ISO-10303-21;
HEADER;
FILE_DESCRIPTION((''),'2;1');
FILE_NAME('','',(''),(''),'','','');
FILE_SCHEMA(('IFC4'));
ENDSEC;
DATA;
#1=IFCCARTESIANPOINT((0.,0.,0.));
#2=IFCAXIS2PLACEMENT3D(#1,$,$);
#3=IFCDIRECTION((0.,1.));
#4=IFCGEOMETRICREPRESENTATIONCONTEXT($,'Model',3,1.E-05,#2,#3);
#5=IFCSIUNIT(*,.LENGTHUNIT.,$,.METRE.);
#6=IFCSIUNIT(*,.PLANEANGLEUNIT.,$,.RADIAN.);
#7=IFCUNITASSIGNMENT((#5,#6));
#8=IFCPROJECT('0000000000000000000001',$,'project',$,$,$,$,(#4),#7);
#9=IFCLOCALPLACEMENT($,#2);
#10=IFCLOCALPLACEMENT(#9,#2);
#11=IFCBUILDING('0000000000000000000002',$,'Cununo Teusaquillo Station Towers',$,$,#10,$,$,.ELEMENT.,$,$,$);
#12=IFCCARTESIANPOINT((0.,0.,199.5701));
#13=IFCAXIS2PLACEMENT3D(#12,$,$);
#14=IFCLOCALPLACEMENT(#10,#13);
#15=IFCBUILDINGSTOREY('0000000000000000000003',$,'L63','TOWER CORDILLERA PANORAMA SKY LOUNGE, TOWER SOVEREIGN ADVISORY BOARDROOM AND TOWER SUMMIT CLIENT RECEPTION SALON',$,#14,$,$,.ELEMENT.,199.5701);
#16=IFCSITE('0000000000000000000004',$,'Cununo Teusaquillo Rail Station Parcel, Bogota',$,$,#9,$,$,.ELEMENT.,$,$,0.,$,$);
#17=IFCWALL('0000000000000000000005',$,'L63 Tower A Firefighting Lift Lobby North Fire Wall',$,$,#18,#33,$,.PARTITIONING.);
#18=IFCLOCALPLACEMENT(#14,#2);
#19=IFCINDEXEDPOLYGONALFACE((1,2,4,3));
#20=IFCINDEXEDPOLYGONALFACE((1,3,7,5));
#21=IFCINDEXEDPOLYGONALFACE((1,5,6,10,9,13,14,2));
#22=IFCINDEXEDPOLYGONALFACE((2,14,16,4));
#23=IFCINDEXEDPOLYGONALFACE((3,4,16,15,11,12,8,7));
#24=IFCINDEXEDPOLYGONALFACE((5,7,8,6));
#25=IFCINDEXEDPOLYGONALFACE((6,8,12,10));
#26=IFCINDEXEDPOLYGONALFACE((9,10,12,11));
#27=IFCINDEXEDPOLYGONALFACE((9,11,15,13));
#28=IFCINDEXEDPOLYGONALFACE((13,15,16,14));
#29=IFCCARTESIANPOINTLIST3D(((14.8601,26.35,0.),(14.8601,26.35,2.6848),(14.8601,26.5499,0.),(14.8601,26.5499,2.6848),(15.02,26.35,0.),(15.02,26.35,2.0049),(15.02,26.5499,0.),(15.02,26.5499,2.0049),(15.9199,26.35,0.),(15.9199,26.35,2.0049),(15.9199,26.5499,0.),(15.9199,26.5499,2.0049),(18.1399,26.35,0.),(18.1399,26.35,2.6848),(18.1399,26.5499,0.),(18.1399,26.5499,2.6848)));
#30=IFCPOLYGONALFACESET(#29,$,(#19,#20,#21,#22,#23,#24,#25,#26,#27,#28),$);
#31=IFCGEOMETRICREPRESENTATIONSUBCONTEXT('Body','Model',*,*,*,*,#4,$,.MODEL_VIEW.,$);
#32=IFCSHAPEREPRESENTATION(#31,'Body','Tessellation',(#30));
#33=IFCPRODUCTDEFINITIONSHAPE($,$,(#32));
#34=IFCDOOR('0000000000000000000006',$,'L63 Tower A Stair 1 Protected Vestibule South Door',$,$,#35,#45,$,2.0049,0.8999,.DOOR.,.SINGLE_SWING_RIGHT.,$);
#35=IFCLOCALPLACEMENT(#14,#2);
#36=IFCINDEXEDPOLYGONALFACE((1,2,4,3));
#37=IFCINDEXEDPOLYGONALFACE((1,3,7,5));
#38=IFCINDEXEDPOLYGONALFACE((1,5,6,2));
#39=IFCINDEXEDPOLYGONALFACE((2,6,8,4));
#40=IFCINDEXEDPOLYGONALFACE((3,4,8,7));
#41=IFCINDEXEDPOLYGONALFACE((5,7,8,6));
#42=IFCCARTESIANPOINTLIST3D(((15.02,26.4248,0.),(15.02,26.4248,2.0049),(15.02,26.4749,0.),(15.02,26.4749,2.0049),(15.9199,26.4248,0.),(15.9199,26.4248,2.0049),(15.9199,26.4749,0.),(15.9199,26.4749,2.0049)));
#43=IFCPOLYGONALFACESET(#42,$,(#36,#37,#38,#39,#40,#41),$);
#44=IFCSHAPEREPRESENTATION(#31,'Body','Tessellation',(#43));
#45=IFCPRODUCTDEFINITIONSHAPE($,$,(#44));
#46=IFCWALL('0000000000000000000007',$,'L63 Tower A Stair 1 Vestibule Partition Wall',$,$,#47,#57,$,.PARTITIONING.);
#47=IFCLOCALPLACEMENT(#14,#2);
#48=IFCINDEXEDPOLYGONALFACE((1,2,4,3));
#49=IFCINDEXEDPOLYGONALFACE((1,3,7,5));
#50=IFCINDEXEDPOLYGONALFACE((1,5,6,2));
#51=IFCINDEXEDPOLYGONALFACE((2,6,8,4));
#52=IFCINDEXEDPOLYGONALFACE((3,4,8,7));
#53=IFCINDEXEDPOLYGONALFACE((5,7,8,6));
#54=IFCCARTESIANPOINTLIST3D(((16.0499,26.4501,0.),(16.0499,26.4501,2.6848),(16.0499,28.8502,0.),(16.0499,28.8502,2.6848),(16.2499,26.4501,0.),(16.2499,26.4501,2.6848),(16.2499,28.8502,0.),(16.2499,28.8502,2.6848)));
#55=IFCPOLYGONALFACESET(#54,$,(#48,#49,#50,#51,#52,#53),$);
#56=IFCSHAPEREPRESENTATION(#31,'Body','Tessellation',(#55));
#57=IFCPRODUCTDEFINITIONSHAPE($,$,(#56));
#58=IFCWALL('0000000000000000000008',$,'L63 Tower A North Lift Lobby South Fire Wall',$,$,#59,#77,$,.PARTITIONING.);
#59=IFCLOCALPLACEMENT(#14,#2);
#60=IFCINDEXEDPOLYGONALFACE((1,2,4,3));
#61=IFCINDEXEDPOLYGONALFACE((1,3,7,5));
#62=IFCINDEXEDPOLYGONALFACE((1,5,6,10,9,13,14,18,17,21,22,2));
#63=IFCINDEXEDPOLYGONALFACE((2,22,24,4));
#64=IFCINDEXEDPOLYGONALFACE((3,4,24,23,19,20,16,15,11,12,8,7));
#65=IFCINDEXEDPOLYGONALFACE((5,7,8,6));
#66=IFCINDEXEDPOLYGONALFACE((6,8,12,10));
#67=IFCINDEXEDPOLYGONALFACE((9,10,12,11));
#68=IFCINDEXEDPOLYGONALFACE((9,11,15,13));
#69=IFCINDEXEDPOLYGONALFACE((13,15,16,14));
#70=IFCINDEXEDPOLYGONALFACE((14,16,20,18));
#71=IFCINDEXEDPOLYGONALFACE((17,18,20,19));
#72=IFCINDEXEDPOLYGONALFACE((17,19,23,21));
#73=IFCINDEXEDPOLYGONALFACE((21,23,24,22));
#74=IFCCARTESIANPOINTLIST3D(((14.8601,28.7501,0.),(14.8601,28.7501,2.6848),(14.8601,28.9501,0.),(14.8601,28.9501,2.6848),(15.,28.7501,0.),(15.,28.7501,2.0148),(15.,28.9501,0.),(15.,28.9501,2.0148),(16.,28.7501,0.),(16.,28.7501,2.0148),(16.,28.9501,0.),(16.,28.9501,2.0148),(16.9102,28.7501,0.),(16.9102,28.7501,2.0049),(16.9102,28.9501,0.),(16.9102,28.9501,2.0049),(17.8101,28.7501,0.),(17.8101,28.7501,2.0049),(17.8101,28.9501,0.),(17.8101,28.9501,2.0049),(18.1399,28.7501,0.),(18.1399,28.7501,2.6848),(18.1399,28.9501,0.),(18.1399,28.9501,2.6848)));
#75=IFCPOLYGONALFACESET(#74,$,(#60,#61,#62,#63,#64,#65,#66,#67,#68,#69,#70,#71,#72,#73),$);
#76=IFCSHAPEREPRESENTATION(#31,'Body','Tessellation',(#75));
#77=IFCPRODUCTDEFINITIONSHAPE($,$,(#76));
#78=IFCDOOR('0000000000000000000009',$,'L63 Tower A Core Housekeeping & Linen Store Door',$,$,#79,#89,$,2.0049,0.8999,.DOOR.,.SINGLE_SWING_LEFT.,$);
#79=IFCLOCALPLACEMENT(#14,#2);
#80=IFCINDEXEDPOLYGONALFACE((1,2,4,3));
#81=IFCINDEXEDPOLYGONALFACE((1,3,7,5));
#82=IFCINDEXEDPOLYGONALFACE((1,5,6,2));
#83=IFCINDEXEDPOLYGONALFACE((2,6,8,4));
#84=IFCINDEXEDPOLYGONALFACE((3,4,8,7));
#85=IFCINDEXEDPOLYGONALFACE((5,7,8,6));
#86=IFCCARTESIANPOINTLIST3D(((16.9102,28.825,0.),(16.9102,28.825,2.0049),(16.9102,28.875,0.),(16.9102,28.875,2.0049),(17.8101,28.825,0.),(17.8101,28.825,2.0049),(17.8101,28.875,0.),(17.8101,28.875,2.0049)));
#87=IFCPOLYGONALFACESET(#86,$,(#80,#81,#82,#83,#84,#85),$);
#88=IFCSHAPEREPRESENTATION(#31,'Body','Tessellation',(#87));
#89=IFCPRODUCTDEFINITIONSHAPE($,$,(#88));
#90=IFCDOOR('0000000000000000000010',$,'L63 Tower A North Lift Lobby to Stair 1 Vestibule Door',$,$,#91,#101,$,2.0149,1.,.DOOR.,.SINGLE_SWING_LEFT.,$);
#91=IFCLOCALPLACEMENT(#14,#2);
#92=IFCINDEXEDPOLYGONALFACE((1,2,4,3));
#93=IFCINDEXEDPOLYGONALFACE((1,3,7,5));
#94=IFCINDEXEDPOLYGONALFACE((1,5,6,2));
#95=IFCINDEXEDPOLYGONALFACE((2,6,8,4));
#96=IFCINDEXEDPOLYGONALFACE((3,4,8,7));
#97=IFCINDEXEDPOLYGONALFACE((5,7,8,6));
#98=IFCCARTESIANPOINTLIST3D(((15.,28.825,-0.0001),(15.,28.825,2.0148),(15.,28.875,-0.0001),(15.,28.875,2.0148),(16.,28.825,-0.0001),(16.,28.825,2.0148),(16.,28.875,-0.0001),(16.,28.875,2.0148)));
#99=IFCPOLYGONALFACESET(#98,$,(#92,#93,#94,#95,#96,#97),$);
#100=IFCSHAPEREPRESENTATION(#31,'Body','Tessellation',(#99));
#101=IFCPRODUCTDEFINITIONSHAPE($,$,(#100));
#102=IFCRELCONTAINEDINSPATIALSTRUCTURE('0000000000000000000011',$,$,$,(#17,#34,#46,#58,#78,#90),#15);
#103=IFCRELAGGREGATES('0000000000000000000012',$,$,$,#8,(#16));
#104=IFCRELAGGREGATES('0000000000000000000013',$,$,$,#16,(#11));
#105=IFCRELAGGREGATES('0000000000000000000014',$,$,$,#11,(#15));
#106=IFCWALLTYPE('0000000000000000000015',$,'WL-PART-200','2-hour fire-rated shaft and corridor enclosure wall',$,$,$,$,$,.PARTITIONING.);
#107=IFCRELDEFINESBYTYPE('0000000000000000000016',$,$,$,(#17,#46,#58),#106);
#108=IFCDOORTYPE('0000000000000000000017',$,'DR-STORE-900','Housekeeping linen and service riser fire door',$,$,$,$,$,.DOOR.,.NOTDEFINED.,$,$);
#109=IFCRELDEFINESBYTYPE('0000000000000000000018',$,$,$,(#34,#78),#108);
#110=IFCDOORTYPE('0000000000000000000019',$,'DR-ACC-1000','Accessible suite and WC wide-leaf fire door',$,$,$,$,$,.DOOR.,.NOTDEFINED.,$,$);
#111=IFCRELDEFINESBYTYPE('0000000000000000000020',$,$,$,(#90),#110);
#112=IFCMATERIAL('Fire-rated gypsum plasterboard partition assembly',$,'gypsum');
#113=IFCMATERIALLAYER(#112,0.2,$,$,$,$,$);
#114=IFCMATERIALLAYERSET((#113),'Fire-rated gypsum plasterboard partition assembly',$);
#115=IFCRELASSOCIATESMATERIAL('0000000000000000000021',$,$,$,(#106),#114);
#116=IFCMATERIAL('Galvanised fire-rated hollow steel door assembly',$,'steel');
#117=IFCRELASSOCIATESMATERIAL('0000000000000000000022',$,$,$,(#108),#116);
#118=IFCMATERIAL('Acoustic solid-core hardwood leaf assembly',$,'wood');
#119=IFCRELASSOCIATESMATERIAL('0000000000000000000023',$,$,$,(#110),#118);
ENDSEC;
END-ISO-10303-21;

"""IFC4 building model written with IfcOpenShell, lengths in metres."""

from ifc_helpers import new_model, si_unit, direction, frame, frame_2d, origin, place, context, subcontext, project, spatial, rectangle, extrude, source, transform, mapped, material, layer, layer_set, type_object, element, fill, save


model = new_model("IFC4")

# Units and contexts
model_context = context("Model", 3, precision=1e-05, world=origin(), true_north=direction((0.0, 1.0)))
body_context = subcontext(model_context, "Body", "Model", "MODEL_VIEW")
ifc_project = project(units=[si_unit("LENGTHUNIT", "METRE"), si_unit("PLANEANGLEUNIT", "RADIAN")], contexts=[model_context])

# Site, building, storey
site_placement = place(None, origin())
site = spatial("IfcSite", under=ifc_project, at=site_placement, Name="Cununo Teusaquillo Rail Station Parcel, Bogota", CompositionType="ELEMENT", RefElevation=0.0)
building_placement = place(site_placement, origin())
building = spatial("IfcBuilding", under=site, at=building_placement, Name="Cununo Teusaquillo Station Towers", CompositionType="ELEMENT")
storey_placement = place(building_placement, frame((0.0, 0.0, 199.5701)))
storey = spatial("IfcBuildingStorey", under=building, at=storey_placement, Name="L63", Description="TOWER CORDILLERA PANORAMA SKY LOUNGE, TOWER SOVEREIGN ADVISORY BOARDROOM AND TOWER SUMMIT CLIENT RECEPTION SALON", CompositionType="ELEMENT", Elevation=199.5701)

# Wall, opening, door
shared_shape_1 = source(origin(), body_context, "Body", "SweptSolid", [
    extrude(rectangle(XDim=0.8999, YDim=2.0049, at=frame_2d((0.45, 1.0024))), frame((0.0, 0.0249, 0.0), z_axis=(0.0, -1.0, 0.0), x_axis=(1.0, 0.0, 0.0)), (0.0, 0.0, 1.0), 0.05),
])
ifc_material_1 = material(Name="Fire-rated gypsum plasterboard partition assembly", Category="gypsum")
ifc_layer_1 = layer(ifc_material_1, 0.2)
ifc_layer_set_1 = layer_set([ifc_layer_1], Name="Fire-rated gypsum plasterboard partition assembly")
wall_type_1 = type_object("IfcWallType", Name="WL-PART-200", Description="2-hour fire-rated shaft and corridor enclosure wall", PredefinedType="PARTITIONING", material=ifc_layer_set_1)
wall_1_placement = place(storey_placement, frame((14.8601, 26.45, 0.0), z_axis=(0.0, 0.0, 1.0), x_axis=(1.0, 0.0, 0.0)))
wall_1 = element("IfcWall", 1, at=wall_1_placement, inside=storey, type_object=wall_type_1, Name="L63 Tower A Firefighting Lift Lobby North Fire Wall", PredefinedType="PARTITIONING", context=body_context, shape_type="SweptSolid", body=[
    extrude(rectangle(XDim=3.2798, YDim=0.2, at=frame_2d((1.6399, 0.0))), origin(), (0.0, 0.0, 1.0), 2.6848),
])
shared_shape_2 = source(origin(), body_context, "Body", "SweptSolid", [
    extrude(rectangle(XDim=0.8999, YDim=2.0049, at=frame_2d((0.45, 1.0024))), frame((0.0, 0.1099, 0.0), z_axis=(0.0, -1.0, 0.0), x_axis=(1.0, 0.0, 0.0)), (0.0, 0.0, 1.0), 0.22),
])
opening_1_placement = place(wall_1_placement, frame((0.1599, 0.0, 0.0)))
opening_1 = element("IfcOpeningElement", 2, at=opening_1_placement, cuts=wall_1, PredefinedType="OPENING", context=body_context, shape_type="MappedRepresentation", body=[
    mapped(shared_shape_2, transform((0.0, 0.0, 0.0), x_axis=(1.0, 0.0, 0.0), y_axis=(0.0, 1.0, 0.0), z_axis=(0.0, 0.0, 1.0), scale=1.0)),
])
ifc_material_2 = material(Name="Galvanised fire-rated hollow steel door assembly", Category="steel")
door_type_1 = type_object("IfcDoorType", Name="DR-STORE-900", Description="Housekeeping linen and service riser fire door", OperationType="NOTDEFINED", PredefinedType="DOOR", material=ifc_material_2)
door_1_placement = place(opening_1_placement, origin())
door_1 = element("IfcDoor", 3, at=door_1_placement, inside=storey, type_object=door_type_1, Name="L63 Tower A Stair 1 Protected Vestibule South Door", OperationType="SINGLE_SWING_RIGHT", OverallHeight=2.0049, OverallWidth=0.8999, PredefinedType="DOOR", context=body_context, shape_type="MappedRepresentation", body=[
    mapped(shared_shape_1, transform((0.0, 0.0, 0.0), x_axis=(1.0, 0.0, 0.0), y_axis=(0.0, 1.0, 0.0), z_axis=(0.0, 0.0, 1.0), scale=1.0)),
])
fill(opening_1, door_1)

# Wall
wall_2_placement = place(storey_placement, frame((16.1499, 26.45, 0.0), z_axis=(0.0, 0.0, 1.0), x_axis=(0.0, 1.0, 0.0)))
element("IfcWall", 4, at=wall_2_placement, inside=storey, type_object=wall_type_1, Name="L63 Tower A Stair 1 Vestibule Partition Wall", PredefinedType="PARTITIONING", context=body_context, shape_type="SweptSolid", body=[
    extrude(rectangle(XDim=2.4001, YDim=0.2, at=frame_2d((1.2002, 0.0))), origin(), (0.0, 0.0, 1.0), 2.6848),
])

# Wall, openings, doors
wall_3_placement = place(storey_placement, frame((14.8601, 28.8501, 0.0), z_axis=(0.0, 0.0, 1.0), x_axis=(1.0, 0.0, 0.0)))
wall_3 = element("IfcWall", 5, at=wall_3_placement, inside=storey, type_object=wall_type_1, Name="L63 Tower A North Lift Lobby South Fire Wall", PredefinedType="PARTITIONING", context=body_context, shape_type="SweptSolid", body=[
    extrude(rectangle(XDim=3.2798, YDim=0.2, at=frame_2d((1.6399, 0.0))), origin(), (0.0, 0.0, 1.0), 2.6848),
])
shared_shape_3 = source(origin(), body_context, "Body", "SweptSolid", [
    extrude(rectangle(XDim=1.0, YDim=2.0149, at=frame_2d((0.5, 1.0073))), frame((0.0, 0.1099, 0.0), z_axis=(0.0, -1.0, 0.0), x_axis=(1.0, 0.0, 0.0)), (0.0, 0.0, 1.0), 0.22),
])
opening_2_placement = place(wall_3_placement, frame((0.1399, 0.0, 0.0)))
opening_2 = element("IfcOpeningElement", 6, at=opening_2_placement, cuts=wall_3, PredefinedType="OPENING", context=body_context, shape_type="MappedRepresentation", body=[
    mapped(shared_shape_3, transform((0.0, 0.0, 0.0), x_axis=(1.0, 0.0, 0.0), y_axis=(0.0, 1.0, 0.0), z_axis=(0.0, 0.0, 1.0), scale=1.0)),
])
opening_3_placement = place(wall_3_placement, frame((2.05, 0.0, 0.0)))
opening_3 = element("IfcOpeningElement", 7, at=opening_3_placement, cuts=wall_3, PredefinedType="OPENING", context=body_context, shape_type="MappedRepresentation", body=[
    mapped(shared_shape_2, transform((0.0, 0.0, 0.0), x_axis=(1.0, 0.0, 0.0), y_axis=(0.0, 1.0, 0.0), z_axis=(0.0, 0.0, 1.0), scale=1.0)),
])
door_2_placement = place(opening_3_placement, origin())
door_2 = element("IfcDoor", 8, at=door_2_placement, inside=storey, type_object=door_type_1, Name="L63 Tower A Core Housekeeping & Linen Store Door", OperationType="SINGLE_SWING_LEFT", OverallHeight=2.0049, OverallWidth=0.8999, PredefinedType="DOOR", context=body_context, shape_type="MappedRepresentation", body=[
    mapped(shared_shape_1, transform((0.0, 0.0, 0.0), x_axis=(1.0, 0.0, 0.0), y_axis=(0.0, 1.0, 0.0), z_axis=(0.0, 0.0, 1.0), scale=1.0)),
])
fill(opening_3, door_2)
ifc_material_3 = material(Name="Acoustic solid-core hardwood leaf assembly", Category="wood")
door_type_2 = type_object("IfcDoorType", Name="DR-ACC-1000", Description="Accessible suite and WC wide-leaf fire door", OperationType="NOTDEFINED", PredefinedType="DOOR", material=ifc_material_3)
shared_shape_4 = source(origin(), body_context, "Body", "SweptSolid", [
    extrude(rectangle(XDim=1.0, YDim=2.0149, at=frame_2d((0.5, 1.0073))), frame((0.0, 0.0249, 0.0), z_axis=(0.0, -1.0, 0.0), x_axis=(1.0, 0.0, 0.0)), (0.0, 0.0, 1.0), 0.05),
])
door_3_placement = place(opening_2_placement, origin())
door_3 = element("IfcDoor", 9, at=door_3_placement, inside=storey, type_object=door_type_2, Name="L63 Tower A North Lift Lobby to Stair 1 Vestibule Door", OperationType="SINGLE_SWING_LEFT", OverallHeight=2.0149, OverallWidth=1.0, PredefinedType="DOOR", context=body_context, shape_type="MappedRepresentation", body=[
    mapped(shared_shape_4, transform((0.0, 0.0, 0.0), x_axis=(1.0, 0.0, 0.0), y_axis=(0.0, 1.0, 0.0), z_axis=(0.0, 0.0, 1.0), scale=1.0)),
])
fill(opening_2, door_3)

save(model, "model.ifc")
